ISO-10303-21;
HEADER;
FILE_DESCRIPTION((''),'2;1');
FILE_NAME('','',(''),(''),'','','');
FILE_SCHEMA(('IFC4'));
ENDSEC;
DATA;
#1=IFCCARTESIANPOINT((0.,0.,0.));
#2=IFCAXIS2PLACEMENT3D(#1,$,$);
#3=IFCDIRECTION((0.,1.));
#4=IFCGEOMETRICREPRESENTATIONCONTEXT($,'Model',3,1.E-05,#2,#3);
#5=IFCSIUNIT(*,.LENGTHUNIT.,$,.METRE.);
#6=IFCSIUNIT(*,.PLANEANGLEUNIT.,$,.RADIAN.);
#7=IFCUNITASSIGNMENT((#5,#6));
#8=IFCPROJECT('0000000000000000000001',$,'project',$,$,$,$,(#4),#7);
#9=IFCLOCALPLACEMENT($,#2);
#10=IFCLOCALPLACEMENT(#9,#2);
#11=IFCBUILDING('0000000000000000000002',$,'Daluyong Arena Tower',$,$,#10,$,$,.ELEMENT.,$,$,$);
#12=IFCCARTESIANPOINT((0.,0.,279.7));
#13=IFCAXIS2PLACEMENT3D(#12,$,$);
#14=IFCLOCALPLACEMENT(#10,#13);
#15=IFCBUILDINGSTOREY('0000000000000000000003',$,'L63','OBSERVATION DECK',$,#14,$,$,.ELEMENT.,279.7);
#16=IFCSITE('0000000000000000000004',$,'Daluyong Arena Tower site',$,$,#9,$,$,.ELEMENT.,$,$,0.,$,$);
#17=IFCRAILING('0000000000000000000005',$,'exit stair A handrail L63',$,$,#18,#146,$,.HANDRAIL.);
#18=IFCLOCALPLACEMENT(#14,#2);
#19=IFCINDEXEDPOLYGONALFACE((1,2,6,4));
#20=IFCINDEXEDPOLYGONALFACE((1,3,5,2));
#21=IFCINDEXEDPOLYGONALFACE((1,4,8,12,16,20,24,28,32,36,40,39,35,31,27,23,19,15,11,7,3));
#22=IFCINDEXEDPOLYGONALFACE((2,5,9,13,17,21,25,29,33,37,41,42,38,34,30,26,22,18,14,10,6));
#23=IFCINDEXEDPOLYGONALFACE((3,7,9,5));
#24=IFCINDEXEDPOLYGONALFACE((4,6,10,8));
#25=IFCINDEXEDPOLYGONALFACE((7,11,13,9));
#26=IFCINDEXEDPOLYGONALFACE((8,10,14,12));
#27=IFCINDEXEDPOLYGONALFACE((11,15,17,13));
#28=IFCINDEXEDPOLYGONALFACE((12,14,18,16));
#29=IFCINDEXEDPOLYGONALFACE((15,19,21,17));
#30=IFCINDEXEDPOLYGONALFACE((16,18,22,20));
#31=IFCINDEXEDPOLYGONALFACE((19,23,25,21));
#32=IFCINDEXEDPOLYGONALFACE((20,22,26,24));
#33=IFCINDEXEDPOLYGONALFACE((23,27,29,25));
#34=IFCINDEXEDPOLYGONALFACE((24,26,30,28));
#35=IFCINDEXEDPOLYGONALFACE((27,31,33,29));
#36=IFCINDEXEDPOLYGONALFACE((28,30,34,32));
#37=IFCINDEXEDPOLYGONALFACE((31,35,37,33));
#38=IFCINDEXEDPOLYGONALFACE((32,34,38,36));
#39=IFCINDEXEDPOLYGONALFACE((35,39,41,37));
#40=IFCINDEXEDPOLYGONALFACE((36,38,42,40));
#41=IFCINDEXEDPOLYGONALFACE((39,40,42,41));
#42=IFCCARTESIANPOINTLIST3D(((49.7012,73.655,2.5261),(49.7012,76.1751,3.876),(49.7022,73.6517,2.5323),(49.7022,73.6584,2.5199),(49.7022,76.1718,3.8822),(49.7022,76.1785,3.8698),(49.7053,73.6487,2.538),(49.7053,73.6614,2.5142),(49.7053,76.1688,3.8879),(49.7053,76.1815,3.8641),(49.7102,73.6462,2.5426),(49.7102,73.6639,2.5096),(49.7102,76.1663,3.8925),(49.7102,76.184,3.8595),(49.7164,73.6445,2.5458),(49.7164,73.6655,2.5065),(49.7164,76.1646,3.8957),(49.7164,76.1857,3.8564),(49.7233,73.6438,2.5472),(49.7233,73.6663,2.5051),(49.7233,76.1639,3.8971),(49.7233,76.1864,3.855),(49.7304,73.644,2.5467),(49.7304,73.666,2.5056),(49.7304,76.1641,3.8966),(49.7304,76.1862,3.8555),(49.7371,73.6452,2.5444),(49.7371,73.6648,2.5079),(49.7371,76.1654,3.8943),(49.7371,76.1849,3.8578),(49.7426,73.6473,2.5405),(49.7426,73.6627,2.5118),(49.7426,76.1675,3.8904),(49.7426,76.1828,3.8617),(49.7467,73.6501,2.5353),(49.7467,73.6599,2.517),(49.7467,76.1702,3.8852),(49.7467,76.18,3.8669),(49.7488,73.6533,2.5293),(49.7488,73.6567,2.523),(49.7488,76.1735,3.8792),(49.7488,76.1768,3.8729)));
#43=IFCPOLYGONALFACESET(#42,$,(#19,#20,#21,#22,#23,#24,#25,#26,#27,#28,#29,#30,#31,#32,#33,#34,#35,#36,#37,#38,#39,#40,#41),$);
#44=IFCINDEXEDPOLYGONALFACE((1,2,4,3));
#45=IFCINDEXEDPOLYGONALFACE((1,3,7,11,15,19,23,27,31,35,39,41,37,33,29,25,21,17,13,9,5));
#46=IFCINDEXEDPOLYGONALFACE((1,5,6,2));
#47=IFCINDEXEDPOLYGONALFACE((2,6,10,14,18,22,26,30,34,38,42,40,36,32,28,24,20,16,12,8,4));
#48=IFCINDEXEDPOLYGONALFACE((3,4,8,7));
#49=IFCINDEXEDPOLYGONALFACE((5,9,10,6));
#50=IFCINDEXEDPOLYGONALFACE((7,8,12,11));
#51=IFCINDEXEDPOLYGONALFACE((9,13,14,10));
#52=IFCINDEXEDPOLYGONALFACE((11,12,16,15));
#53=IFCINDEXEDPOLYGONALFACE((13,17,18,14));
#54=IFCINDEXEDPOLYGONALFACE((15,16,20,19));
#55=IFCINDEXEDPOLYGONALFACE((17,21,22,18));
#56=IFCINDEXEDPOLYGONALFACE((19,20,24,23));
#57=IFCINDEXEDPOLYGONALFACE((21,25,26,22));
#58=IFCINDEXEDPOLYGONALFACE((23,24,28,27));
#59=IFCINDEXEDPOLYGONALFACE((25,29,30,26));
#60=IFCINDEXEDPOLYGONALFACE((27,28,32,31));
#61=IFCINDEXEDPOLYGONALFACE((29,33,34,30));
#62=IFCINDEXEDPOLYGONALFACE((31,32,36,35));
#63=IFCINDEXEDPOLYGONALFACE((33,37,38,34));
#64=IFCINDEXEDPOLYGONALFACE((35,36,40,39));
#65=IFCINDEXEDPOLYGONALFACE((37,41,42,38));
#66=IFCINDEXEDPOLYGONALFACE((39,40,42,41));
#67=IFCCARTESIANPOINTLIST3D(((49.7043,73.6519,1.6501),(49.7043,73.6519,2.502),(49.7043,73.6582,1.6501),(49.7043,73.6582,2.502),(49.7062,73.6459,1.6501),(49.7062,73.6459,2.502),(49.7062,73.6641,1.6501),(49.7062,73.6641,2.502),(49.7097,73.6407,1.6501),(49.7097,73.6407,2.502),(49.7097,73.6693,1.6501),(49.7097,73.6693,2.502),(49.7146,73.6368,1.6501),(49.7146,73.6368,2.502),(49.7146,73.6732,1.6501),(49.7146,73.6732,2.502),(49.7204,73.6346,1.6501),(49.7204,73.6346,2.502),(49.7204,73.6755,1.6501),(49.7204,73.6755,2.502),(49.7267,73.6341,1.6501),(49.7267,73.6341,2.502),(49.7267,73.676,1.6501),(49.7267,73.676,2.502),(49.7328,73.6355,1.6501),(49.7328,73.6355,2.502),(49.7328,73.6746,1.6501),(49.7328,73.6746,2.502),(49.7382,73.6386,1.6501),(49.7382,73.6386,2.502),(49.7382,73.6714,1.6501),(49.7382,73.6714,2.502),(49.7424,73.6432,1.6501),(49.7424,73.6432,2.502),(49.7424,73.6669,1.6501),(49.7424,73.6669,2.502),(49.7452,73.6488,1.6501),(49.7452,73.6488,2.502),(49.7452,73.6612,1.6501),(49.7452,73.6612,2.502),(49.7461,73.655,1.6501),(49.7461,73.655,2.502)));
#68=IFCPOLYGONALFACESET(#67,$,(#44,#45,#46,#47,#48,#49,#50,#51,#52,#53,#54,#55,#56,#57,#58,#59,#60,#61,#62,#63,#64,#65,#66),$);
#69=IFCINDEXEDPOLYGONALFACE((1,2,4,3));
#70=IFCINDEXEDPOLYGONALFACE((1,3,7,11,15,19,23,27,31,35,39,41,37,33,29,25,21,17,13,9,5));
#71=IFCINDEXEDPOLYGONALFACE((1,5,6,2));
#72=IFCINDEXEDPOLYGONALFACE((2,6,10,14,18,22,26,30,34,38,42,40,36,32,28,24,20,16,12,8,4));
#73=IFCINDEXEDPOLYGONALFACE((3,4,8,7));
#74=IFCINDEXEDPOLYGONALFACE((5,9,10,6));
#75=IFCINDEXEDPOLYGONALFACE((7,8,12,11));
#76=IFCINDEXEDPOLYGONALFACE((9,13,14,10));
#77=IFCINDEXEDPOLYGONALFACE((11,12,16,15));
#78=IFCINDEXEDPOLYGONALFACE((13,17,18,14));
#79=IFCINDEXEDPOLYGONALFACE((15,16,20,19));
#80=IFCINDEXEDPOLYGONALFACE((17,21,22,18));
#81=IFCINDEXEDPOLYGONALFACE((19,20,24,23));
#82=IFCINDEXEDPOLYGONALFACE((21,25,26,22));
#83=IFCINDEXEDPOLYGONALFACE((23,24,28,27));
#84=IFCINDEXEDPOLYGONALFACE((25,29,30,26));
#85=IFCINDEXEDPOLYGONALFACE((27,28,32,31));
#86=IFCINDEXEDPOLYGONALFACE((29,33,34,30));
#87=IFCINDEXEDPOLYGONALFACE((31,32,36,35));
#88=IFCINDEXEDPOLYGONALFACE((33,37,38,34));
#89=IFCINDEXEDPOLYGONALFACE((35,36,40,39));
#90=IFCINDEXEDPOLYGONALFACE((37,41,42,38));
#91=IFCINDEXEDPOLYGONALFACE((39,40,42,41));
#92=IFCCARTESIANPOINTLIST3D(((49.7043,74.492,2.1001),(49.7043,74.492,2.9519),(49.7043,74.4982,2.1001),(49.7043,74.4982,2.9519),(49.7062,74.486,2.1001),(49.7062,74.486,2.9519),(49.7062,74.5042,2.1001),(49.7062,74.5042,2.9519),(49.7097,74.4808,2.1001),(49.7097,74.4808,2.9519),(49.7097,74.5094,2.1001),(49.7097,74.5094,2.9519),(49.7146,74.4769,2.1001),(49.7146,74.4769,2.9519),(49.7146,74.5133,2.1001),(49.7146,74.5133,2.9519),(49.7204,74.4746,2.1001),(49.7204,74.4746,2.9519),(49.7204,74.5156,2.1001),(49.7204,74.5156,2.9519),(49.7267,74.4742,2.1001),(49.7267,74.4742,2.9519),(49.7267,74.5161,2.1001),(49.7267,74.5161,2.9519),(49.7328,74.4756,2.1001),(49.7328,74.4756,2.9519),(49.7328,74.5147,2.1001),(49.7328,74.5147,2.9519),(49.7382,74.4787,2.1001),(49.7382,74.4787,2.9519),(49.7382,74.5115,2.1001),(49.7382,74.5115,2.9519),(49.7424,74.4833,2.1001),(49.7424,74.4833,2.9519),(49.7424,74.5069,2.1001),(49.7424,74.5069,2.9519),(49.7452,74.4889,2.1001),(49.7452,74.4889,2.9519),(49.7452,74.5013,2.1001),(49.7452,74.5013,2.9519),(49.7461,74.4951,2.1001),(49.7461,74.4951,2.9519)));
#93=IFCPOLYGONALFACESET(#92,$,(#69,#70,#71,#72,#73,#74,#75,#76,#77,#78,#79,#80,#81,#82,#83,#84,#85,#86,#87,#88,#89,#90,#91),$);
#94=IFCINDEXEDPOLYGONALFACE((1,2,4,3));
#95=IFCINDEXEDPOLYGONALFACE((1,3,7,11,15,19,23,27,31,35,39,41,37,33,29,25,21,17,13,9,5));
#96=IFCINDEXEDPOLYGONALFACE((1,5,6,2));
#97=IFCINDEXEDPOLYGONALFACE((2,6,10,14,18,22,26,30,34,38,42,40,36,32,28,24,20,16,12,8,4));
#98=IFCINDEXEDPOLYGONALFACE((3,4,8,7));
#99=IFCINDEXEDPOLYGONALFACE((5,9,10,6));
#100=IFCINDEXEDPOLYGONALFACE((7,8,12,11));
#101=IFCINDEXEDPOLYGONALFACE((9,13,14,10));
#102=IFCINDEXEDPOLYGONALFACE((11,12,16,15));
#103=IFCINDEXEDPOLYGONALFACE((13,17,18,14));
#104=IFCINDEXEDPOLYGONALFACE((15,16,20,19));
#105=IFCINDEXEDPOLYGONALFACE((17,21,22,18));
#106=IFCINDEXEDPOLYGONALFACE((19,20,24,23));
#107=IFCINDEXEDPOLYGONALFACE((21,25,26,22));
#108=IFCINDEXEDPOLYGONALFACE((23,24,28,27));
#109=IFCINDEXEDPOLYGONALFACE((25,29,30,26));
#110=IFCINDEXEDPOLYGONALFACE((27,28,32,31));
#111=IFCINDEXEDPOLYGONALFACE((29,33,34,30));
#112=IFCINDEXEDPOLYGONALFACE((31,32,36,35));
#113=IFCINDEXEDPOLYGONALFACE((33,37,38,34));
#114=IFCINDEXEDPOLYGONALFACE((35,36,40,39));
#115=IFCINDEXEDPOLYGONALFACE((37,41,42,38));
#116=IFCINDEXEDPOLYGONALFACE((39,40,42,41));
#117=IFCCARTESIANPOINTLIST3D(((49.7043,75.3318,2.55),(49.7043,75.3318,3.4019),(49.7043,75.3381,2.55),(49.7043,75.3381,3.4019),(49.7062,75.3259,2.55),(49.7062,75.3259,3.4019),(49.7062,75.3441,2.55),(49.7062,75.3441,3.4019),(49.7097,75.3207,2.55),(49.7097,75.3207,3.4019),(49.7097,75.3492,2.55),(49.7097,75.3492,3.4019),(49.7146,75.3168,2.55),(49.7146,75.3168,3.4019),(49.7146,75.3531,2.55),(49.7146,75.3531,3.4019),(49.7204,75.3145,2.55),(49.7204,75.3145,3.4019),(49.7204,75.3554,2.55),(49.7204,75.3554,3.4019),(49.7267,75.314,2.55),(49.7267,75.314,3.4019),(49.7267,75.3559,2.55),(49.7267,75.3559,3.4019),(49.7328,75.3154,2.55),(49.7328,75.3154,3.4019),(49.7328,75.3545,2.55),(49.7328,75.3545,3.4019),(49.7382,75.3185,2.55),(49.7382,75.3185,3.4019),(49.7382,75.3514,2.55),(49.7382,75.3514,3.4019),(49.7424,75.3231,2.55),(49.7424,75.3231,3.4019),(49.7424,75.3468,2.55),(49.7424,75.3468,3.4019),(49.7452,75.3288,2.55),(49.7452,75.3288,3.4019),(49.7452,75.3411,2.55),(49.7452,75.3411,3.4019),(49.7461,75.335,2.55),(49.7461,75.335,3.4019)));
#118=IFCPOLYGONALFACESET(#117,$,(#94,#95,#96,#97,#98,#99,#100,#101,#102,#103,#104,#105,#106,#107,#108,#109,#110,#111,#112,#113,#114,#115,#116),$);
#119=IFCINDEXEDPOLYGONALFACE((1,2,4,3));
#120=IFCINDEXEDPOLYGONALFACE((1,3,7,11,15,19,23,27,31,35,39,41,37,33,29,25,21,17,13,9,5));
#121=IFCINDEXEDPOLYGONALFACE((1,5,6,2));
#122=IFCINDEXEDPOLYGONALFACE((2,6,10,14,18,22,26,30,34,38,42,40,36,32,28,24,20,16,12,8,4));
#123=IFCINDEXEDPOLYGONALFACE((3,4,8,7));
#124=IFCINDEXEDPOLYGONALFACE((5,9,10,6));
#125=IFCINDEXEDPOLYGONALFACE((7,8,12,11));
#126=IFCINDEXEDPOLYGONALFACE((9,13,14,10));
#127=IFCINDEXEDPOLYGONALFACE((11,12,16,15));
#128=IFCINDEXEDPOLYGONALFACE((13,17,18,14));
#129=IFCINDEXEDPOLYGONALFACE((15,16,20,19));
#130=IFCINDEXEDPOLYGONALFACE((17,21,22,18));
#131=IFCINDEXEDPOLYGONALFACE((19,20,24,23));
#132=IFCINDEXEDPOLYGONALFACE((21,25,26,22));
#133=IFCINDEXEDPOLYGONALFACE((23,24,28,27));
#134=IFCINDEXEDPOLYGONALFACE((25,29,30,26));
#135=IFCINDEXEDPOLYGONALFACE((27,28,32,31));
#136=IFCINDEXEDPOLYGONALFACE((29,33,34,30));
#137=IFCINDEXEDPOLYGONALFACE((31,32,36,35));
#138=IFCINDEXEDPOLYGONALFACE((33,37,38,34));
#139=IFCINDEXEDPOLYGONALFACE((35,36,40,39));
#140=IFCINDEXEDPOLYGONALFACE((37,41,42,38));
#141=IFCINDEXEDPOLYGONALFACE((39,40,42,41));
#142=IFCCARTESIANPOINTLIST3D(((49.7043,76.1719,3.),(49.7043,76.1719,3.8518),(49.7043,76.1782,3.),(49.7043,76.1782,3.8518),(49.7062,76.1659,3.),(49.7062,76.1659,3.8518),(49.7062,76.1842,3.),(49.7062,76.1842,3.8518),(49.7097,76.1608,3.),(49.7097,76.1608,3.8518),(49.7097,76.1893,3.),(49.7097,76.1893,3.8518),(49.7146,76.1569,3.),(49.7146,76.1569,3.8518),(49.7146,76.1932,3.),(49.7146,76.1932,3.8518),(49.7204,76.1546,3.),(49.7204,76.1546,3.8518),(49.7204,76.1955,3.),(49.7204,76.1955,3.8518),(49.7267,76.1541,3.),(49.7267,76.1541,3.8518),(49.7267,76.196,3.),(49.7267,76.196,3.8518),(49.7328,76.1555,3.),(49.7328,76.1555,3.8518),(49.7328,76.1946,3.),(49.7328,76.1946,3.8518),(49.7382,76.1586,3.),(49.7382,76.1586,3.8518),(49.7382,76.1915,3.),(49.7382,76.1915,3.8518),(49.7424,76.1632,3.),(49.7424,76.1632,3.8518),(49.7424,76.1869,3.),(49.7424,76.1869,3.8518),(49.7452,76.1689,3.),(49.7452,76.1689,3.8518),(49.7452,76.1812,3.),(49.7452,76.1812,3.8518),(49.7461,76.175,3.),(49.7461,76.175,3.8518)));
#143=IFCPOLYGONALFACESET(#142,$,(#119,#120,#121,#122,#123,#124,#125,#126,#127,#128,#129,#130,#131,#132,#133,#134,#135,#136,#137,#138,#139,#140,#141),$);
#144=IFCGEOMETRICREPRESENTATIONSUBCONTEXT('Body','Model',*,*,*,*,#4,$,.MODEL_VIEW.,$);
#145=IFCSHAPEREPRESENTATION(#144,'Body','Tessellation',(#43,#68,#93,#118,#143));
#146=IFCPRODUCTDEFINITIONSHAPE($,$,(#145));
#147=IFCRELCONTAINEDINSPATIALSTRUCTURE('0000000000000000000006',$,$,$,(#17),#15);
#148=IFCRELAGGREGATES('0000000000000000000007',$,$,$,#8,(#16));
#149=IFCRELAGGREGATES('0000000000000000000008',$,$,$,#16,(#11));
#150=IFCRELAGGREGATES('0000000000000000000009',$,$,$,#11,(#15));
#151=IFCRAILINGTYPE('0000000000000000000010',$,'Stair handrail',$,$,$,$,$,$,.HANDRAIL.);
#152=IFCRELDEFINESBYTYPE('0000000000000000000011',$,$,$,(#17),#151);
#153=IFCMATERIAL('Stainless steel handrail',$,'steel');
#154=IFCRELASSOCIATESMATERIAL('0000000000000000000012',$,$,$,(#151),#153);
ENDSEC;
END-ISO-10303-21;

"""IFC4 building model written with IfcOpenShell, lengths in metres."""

from ifc_helpers import new_model, si_unit, direction, frame, origin, origin_2d, place, context, subcontext, project, spatial, circle, extrude, material, type_object, element, save


model = new_model("IFC4")

# Units and contexts
model_context = context("Model", 3, precision=1e-05, world=origin(), true_north=direction((0.0, 1.0)))
body_context = subcontext(model_context, "Body", "Model", "MODEL_VIEW")
ifc_project = project(units=[si_unit("LENGTHUNIT", "METRE"), si_unit("PLANEANGLEUNIT", "RADIAN")], contexts=[model_context])

# Site, building, storey
site_placement = place(None, origin())
site = spatial("IfcSite", under=ifc_project, at=site_placement, Name="Daluyong Arena Tower site", CompositionType="ELEMENT", RefElevation=0.0)
building_placement = place(site_placement, origin())
building = spatial("IfcBuilding", under=site, at=building_placement, Name="Daluyong Arena Tower", CompositionType="ELEMENT")
storey_placement = place(building_placement, frame((0.0, 0.0, 279.7)))
storey = spatial("IfcBuildingStorey", under=building, at=storey_placement, Name="L63", Description="OBSERVATION DECK", CompositionType="ELEMENT", Elevation=279.7)

# Railing
ifc_material_1 = material(Name="Stainless steel handrail", Category="steel")
railing_type = type_object("IfcRailingType", Name="Stair handrail", PredefinedType="HANDRAIL", material=ifc_material_1)
for number, where, name in (
    (1, (49.7251, 73.655, 1.6501), "exit stair A handrail L63"),
):
    element("IfcRailing", number, at=place(storey_placement, frame(where)), inside=storey, type_object=railing_type, Name=name, PredefinedType="HANDRAIL", context=body_context, shape_type="SweptSolid", body=[
        extrude(circle(Radius=0.0239, at=origin_2d()), frame((0.0, 0.0, 0.876), z_axis=(0.0, 0.881503, 0.472179), x_axis=(-1.0, 0.0, 0.0)), (0.0, 0.0, 1.0), 2.8589),
        extrude(circle(Radius=0.021, at=origin_2d()), origin(), (0.0, 0.0, 1.0), 0.8518),
        extrude(circle(Radius=0.021, at=origin_2d()), frame((0.0, 0.8401, 0.45)), (0.0, 0.0, 1.0), 0.8518),
        extrude(circle(Radius=0.021, at=origin_2d()), frame((0.0, 1.6799, 0.8999)), (0.0, 0.0, 1.0), 0.8518),
        extrude(circle(Radius=0.021, at=origin_2d()), frame((0.0, 2.52, 1.3499)), (0.0, 0.0, 1.0), 0.8518),
    ])

save(model, "model.ifc")
